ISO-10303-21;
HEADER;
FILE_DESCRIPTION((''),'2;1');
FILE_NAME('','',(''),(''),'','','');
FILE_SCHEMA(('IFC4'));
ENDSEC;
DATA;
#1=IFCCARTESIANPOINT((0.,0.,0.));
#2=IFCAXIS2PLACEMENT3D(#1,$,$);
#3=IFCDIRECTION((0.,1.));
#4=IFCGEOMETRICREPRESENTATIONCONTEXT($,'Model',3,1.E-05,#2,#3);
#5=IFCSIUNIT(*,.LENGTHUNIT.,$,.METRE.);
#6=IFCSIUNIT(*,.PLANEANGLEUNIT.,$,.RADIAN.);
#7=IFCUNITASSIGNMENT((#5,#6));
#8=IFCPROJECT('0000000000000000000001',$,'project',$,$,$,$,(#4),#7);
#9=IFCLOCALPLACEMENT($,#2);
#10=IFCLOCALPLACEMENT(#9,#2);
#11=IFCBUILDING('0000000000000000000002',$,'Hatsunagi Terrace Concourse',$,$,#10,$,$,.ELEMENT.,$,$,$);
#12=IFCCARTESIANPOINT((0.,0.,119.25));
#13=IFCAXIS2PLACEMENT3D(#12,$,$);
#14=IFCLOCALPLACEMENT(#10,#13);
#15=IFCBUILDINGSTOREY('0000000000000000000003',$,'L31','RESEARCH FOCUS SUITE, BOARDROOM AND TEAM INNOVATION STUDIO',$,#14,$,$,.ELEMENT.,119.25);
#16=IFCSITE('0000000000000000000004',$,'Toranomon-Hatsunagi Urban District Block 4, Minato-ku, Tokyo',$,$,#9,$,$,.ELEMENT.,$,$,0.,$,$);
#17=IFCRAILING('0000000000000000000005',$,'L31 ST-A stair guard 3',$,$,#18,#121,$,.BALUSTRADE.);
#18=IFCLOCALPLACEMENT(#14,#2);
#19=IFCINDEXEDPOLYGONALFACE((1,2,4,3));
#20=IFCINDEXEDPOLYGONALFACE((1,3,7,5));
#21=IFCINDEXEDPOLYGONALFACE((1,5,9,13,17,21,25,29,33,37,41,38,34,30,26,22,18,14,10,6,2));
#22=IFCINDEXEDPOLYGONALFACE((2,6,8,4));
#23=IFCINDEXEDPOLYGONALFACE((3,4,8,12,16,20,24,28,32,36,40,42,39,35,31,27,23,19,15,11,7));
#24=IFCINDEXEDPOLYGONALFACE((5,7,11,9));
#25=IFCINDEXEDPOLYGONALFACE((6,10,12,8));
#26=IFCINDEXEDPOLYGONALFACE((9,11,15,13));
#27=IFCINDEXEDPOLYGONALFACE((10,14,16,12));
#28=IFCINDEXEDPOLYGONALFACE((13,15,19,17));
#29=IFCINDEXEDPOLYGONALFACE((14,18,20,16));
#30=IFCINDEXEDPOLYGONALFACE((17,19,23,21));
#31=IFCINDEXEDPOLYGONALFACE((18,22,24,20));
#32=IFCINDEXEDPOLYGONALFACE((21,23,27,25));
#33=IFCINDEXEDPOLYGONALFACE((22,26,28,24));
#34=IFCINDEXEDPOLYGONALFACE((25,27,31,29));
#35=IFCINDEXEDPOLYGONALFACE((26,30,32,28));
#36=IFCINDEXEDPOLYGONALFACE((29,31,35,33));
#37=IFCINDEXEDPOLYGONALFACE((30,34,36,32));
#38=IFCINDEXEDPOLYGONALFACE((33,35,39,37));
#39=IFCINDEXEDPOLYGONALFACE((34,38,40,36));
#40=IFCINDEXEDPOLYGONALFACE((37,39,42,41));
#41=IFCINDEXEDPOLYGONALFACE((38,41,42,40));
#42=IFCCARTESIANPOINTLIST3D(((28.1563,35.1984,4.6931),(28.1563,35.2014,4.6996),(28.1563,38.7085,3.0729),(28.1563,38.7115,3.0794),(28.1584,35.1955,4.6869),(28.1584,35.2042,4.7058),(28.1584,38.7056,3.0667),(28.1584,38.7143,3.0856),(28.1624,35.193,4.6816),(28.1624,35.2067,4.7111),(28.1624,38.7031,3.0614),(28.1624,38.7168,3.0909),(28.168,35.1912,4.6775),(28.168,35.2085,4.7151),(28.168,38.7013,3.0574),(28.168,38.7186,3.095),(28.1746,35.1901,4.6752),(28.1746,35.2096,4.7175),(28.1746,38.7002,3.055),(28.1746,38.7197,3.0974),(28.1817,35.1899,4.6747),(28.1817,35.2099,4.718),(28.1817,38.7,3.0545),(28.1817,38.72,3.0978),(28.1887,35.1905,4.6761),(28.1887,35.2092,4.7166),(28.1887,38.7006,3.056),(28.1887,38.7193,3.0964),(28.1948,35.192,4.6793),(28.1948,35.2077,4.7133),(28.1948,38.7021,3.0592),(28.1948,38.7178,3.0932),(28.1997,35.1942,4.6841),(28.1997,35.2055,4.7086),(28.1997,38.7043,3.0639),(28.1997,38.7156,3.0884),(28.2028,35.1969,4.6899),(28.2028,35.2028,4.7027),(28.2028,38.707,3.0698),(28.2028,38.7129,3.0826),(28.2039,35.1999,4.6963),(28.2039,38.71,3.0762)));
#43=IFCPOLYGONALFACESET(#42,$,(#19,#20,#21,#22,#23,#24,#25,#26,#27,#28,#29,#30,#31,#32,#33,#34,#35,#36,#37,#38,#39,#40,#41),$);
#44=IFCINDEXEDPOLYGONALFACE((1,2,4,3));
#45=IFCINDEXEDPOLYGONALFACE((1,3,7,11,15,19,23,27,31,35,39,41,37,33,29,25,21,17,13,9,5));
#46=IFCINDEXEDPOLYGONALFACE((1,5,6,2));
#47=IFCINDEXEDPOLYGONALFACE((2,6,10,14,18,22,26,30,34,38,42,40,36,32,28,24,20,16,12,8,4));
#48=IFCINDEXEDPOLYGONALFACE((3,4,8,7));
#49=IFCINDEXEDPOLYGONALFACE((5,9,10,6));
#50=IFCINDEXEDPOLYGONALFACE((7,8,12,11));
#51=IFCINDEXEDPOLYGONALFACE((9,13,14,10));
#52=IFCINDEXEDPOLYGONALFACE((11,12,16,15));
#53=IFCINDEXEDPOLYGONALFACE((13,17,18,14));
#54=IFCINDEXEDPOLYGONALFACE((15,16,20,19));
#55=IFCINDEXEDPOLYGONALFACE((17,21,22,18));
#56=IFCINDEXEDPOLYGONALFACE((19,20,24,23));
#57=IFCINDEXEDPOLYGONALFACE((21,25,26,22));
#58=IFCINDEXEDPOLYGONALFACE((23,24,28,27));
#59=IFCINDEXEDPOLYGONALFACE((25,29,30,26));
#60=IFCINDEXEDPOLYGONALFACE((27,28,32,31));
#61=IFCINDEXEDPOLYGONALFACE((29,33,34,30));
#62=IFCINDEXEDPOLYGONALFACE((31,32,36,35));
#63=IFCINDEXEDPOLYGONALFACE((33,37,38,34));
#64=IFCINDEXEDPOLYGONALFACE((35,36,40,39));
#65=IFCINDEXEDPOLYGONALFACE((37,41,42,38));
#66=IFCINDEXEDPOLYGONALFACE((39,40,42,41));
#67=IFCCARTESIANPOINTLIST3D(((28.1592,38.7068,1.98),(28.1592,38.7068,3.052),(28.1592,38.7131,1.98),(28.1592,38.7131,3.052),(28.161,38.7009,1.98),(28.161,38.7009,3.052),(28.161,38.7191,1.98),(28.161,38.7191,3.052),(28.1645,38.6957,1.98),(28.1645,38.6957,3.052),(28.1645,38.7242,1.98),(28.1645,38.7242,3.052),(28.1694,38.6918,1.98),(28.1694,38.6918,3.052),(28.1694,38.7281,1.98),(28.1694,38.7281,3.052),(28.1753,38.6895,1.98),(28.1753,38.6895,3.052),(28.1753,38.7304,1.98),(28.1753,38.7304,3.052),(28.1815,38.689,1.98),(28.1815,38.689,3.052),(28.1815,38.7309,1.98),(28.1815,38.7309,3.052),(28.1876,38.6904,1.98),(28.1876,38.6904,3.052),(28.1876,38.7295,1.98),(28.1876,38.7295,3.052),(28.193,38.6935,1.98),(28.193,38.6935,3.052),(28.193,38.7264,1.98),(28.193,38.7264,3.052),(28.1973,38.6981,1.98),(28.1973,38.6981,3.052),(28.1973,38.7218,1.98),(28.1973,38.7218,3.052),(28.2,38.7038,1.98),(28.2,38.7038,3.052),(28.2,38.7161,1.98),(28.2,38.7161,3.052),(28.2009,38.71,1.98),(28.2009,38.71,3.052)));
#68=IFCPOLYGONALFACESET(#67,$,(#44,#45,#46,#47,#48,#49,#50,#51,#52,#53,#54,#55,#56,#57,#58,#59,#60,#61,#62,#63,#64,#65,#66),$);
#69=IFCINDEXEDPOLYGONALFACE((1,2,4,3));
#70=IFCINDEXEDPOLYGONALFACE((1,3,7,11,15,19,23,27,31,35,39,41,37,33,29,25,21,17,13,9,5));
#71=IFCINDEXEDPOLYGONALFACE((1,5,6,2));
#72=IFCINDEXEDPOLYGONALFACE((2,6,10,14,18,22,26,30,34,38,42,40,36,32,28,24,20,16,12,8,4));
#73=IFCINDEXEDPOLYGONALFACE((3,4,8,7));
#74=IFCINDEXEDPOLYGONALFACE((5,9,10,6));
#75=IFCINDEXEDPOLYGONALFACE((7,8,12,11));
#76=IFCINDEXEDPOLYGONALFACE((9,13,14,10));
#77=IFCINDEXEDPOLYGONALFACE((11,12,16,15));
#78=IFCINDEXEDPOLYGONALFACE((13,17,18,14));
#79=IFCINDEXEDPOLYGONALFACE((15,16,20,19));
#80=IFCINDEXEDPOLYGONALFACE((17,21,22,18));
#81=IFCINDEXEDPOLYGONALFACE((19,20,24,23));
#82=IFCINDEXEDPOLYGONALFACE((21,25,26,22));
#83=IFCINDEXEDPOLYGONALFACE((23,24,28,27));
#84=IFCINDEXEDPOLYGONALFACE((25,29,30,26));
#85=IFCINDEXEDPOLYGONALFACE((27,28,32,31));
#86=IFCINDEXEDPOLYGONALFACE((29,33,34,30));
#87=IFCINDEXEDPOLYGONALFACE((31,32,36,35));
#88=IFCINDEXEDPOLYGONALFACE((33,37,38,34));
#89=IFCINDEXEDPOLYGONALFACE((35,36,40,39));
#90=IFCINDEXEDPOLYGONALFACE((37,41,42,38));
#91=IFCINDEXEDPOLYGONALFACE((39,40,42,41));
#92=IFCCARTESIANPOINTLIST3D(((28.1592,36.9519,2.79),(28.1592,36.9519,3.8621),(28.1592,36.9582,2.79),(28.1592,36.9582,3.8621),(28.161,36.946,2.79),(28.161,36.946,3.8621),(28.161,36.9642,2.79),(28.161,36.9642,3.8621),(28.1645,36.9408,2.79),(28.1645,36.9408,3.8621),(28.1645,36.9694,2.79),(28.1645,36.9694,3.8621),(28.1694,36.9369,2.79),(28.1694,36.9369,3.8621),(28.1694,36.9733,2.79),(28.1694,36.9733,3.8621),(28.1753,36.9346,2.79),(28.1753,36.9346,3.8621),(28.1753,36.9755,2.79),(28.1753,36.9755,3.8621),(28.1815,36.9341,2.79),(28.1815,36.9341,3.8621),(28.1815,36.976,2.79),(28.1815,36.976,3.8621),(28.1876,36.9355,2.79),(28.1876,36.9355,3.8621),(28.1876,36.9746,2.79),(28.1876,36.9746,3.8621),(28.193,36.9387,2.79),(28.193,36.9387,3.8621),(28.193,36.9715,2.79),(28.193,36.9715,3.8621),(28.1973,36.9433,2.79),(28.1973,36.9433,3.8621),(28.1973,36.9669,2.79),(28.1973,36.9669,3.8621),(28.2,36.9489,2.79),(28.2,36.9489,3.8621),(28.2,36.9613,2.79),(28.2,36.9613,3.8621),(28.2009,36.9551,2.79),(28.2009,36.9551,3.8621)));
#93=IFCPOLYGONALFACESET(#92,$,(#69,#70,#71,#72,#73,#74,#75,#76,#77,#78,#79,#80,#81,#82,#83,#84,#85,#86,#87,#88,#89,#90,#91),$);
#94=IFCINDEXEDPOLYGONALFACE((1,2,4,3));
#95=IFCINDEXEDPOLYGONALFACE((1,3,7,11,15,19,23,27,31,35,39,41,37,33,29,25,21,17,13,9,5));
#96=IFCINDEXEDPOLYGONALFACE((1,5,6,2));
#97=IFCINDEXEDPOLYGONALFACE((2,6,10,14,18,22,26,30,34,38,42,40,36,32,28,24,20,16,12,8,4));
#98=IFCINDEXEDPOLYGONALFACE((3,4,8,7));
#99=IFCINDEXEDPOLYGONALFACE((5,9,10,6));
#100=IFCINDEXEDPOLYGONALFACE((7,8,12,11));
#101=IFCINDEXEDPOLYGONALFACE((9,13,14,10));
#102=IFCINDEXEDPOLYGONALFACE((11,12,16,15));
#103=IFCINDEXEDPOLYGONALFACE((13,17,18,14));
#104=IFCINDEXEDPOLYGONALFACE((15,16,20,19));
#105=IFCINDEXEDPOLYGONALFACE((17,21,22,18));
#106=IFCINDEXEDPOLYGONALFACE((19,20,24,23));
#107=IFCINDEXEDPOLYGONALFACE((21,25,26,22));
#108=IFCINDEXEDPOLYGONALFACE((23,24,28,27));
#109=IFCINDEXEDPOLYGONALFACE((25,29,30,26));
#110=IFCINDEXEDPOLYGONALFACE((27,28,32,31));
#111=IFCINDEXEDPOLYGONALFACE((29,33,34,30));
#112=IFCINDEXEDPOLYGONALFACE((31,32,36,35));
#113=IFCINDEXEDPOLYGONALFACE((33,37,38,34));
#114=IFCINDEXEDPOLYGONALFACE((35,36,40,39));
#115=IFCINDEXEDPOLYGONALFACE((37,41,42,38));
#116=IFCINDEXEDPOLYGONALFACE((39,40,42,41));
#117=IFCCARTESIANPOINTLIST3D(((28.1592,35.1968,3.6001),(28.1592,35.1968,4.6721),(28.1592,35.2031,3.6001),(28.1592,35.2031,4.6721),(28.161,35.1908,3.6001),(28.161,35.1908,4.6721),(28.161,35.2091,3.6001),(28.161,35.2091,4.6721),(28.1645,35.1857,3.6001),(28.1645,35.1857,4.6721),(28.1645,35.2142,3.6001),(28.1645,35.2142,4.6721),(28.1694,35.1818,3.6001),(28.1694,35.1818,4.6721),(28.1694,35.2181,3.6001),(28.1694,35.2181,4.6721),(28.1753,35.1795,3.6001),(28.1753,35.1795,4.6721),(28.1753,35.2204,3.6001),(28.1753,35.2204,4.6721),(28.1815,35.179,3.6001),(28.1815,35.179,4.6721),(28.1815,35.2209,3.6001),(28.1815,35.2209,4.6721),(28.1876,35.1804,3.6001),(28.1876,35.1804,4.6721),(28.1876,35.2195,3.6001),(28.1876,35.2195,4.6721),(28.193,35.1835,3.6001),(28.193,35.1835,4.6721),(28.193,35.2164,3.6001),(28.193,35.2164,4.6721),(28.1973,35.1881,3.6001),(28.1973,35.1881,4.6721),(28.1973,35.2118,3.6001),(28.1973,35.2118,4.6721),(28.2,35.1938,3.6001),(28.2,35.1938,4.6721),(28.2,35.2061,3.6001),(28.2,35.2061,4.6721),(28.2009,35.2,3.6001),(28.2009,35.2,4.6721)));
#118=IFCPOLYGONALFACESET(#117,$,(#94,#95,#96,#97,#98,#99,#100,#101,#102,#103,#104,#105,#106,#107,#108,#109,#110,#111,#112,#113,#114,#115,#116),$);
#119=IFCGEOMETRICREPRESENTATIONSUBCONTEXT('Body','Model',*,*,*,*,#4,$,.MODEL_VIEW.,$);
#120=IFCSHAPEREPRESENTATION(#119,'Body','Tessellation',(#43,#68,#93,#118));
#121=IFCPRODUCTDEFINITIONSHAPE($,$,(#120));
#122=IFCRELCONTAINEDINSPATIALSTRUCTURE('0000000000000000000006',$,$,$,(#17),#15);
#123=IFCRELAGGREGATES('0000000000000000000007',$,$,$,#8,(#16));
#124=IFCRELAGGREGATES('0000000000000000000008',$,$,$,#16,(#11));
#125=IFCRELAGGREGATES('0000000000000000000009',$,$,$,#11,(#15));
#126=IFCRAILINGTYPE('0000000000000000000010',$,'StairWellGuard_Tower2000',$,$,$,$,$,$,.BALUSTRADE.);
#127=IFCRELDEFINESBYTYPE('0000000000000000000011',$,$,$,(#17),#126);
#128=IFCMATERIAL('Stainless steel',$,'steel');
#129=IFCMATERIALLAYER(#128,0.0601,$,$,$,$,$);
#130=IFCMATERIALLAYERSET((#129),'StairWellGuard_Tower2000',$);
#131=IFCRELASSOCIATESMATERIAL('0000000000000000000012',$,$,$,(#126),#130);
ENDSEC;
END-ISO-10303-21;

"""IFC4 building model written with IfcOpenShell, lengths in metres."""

from ifc_helpers import new_model, si_unit, direction, frame, origin, origin_2d, place, context, subcontext, project, spatial, circle, extrude, material, layer, layer_set, type_object, element, save


model = new_model("IFC4")

# Units and contexts
model_context = context("Model", 3, precision=1e-05, world=origin(), true_north=direction((0.0, 1.0)))
body_context = subcontext(model_context, "Body", "Model", "MODEL_VIEW")
ifc_project = project(units=[si_unit("LENGTHUNIT", "METRE"), si_unit("PLANEANGLEUNIT", "RADIAN")], contexts=[model_context])

# Site, building, storey
site_placement = place(None, origin())
site = spatial("IfcSite", under=ifc_project, at=site_placement, Name="Toranomon-Hatsunagi Urban District Block 4, Minato-ku, Tokyo", CompositionType="ELEMENT", RefElevation=0.0)
building_placement = place(site_placement, origin())
building = spatial("IfcBuilding", under=site, at=building_placement, Name="Hatsunagi Terrace Concourse", CompositionType="ELEMENT")
storey_placement = place(building_placement, frame((0.0, 0.0, 119.25)))
storey = spatial("IfcBuildingStorey", under=building, at=storey_placement, Name="L31", Description="RESEARCH FOCUS SUITE, BOARDROOM AND TEAM INNOVATION STUDIO", CompositionType="ELEMENT", Elevation=119.25)

# Railing
ifc_material_1 = material(Name="Stainless steel", Category="steel")
ifc_layer_1 = layer(ifc_material_1, 0.0601)
ifc_layer_set_1 = layer_set([ifc_layer_1], Name="StairWellGuard_Tower2000")
railing_type = type_object("IfcRailingType", Name="StairWellGuard_Tower2000", PredefinedType="BALUSTRADE", material=ifc_layer_set_1)
railing_1_placement = place(storey_placement, frame((28.1799, 38.71, 1.98)))
element("IfcRailing", 1, at=railing_1_placement, inside=storey, type_object=railing_type, Name="L31 ST-A stair guard 3", PredefinedType="BALUSTRADE", context=body_context, shape_type="SweptSolid", body=[
    extrude(circle(Radius=0.0239, at=origin_2d()), frame((0.0, 0.0, 1.0962), z_axis=(0.0, -0.907948, 0.419082), x_axis=(1.0, 0.0, 0.0)), (0.0, 0.0, 1.0), 3.866),
    extrude(circle(Radius=0.021, at=origin_2d()), origin(), (0.0, 0.0, 1.0), 1.072),
    extrude(circle(Radius=0.021, at=origin_2d()), frame((0.0, -1.7549, 0.8101)), (0.0, 0.0, 1.0), 1.072),
    extrude(circle(Radius=0.021, at=origin_2d()), frame((0.0, -3.51, 1.6201)), (0.0, 0.0, 1.0), 1.072),
])

save(model, "model.ifc")
